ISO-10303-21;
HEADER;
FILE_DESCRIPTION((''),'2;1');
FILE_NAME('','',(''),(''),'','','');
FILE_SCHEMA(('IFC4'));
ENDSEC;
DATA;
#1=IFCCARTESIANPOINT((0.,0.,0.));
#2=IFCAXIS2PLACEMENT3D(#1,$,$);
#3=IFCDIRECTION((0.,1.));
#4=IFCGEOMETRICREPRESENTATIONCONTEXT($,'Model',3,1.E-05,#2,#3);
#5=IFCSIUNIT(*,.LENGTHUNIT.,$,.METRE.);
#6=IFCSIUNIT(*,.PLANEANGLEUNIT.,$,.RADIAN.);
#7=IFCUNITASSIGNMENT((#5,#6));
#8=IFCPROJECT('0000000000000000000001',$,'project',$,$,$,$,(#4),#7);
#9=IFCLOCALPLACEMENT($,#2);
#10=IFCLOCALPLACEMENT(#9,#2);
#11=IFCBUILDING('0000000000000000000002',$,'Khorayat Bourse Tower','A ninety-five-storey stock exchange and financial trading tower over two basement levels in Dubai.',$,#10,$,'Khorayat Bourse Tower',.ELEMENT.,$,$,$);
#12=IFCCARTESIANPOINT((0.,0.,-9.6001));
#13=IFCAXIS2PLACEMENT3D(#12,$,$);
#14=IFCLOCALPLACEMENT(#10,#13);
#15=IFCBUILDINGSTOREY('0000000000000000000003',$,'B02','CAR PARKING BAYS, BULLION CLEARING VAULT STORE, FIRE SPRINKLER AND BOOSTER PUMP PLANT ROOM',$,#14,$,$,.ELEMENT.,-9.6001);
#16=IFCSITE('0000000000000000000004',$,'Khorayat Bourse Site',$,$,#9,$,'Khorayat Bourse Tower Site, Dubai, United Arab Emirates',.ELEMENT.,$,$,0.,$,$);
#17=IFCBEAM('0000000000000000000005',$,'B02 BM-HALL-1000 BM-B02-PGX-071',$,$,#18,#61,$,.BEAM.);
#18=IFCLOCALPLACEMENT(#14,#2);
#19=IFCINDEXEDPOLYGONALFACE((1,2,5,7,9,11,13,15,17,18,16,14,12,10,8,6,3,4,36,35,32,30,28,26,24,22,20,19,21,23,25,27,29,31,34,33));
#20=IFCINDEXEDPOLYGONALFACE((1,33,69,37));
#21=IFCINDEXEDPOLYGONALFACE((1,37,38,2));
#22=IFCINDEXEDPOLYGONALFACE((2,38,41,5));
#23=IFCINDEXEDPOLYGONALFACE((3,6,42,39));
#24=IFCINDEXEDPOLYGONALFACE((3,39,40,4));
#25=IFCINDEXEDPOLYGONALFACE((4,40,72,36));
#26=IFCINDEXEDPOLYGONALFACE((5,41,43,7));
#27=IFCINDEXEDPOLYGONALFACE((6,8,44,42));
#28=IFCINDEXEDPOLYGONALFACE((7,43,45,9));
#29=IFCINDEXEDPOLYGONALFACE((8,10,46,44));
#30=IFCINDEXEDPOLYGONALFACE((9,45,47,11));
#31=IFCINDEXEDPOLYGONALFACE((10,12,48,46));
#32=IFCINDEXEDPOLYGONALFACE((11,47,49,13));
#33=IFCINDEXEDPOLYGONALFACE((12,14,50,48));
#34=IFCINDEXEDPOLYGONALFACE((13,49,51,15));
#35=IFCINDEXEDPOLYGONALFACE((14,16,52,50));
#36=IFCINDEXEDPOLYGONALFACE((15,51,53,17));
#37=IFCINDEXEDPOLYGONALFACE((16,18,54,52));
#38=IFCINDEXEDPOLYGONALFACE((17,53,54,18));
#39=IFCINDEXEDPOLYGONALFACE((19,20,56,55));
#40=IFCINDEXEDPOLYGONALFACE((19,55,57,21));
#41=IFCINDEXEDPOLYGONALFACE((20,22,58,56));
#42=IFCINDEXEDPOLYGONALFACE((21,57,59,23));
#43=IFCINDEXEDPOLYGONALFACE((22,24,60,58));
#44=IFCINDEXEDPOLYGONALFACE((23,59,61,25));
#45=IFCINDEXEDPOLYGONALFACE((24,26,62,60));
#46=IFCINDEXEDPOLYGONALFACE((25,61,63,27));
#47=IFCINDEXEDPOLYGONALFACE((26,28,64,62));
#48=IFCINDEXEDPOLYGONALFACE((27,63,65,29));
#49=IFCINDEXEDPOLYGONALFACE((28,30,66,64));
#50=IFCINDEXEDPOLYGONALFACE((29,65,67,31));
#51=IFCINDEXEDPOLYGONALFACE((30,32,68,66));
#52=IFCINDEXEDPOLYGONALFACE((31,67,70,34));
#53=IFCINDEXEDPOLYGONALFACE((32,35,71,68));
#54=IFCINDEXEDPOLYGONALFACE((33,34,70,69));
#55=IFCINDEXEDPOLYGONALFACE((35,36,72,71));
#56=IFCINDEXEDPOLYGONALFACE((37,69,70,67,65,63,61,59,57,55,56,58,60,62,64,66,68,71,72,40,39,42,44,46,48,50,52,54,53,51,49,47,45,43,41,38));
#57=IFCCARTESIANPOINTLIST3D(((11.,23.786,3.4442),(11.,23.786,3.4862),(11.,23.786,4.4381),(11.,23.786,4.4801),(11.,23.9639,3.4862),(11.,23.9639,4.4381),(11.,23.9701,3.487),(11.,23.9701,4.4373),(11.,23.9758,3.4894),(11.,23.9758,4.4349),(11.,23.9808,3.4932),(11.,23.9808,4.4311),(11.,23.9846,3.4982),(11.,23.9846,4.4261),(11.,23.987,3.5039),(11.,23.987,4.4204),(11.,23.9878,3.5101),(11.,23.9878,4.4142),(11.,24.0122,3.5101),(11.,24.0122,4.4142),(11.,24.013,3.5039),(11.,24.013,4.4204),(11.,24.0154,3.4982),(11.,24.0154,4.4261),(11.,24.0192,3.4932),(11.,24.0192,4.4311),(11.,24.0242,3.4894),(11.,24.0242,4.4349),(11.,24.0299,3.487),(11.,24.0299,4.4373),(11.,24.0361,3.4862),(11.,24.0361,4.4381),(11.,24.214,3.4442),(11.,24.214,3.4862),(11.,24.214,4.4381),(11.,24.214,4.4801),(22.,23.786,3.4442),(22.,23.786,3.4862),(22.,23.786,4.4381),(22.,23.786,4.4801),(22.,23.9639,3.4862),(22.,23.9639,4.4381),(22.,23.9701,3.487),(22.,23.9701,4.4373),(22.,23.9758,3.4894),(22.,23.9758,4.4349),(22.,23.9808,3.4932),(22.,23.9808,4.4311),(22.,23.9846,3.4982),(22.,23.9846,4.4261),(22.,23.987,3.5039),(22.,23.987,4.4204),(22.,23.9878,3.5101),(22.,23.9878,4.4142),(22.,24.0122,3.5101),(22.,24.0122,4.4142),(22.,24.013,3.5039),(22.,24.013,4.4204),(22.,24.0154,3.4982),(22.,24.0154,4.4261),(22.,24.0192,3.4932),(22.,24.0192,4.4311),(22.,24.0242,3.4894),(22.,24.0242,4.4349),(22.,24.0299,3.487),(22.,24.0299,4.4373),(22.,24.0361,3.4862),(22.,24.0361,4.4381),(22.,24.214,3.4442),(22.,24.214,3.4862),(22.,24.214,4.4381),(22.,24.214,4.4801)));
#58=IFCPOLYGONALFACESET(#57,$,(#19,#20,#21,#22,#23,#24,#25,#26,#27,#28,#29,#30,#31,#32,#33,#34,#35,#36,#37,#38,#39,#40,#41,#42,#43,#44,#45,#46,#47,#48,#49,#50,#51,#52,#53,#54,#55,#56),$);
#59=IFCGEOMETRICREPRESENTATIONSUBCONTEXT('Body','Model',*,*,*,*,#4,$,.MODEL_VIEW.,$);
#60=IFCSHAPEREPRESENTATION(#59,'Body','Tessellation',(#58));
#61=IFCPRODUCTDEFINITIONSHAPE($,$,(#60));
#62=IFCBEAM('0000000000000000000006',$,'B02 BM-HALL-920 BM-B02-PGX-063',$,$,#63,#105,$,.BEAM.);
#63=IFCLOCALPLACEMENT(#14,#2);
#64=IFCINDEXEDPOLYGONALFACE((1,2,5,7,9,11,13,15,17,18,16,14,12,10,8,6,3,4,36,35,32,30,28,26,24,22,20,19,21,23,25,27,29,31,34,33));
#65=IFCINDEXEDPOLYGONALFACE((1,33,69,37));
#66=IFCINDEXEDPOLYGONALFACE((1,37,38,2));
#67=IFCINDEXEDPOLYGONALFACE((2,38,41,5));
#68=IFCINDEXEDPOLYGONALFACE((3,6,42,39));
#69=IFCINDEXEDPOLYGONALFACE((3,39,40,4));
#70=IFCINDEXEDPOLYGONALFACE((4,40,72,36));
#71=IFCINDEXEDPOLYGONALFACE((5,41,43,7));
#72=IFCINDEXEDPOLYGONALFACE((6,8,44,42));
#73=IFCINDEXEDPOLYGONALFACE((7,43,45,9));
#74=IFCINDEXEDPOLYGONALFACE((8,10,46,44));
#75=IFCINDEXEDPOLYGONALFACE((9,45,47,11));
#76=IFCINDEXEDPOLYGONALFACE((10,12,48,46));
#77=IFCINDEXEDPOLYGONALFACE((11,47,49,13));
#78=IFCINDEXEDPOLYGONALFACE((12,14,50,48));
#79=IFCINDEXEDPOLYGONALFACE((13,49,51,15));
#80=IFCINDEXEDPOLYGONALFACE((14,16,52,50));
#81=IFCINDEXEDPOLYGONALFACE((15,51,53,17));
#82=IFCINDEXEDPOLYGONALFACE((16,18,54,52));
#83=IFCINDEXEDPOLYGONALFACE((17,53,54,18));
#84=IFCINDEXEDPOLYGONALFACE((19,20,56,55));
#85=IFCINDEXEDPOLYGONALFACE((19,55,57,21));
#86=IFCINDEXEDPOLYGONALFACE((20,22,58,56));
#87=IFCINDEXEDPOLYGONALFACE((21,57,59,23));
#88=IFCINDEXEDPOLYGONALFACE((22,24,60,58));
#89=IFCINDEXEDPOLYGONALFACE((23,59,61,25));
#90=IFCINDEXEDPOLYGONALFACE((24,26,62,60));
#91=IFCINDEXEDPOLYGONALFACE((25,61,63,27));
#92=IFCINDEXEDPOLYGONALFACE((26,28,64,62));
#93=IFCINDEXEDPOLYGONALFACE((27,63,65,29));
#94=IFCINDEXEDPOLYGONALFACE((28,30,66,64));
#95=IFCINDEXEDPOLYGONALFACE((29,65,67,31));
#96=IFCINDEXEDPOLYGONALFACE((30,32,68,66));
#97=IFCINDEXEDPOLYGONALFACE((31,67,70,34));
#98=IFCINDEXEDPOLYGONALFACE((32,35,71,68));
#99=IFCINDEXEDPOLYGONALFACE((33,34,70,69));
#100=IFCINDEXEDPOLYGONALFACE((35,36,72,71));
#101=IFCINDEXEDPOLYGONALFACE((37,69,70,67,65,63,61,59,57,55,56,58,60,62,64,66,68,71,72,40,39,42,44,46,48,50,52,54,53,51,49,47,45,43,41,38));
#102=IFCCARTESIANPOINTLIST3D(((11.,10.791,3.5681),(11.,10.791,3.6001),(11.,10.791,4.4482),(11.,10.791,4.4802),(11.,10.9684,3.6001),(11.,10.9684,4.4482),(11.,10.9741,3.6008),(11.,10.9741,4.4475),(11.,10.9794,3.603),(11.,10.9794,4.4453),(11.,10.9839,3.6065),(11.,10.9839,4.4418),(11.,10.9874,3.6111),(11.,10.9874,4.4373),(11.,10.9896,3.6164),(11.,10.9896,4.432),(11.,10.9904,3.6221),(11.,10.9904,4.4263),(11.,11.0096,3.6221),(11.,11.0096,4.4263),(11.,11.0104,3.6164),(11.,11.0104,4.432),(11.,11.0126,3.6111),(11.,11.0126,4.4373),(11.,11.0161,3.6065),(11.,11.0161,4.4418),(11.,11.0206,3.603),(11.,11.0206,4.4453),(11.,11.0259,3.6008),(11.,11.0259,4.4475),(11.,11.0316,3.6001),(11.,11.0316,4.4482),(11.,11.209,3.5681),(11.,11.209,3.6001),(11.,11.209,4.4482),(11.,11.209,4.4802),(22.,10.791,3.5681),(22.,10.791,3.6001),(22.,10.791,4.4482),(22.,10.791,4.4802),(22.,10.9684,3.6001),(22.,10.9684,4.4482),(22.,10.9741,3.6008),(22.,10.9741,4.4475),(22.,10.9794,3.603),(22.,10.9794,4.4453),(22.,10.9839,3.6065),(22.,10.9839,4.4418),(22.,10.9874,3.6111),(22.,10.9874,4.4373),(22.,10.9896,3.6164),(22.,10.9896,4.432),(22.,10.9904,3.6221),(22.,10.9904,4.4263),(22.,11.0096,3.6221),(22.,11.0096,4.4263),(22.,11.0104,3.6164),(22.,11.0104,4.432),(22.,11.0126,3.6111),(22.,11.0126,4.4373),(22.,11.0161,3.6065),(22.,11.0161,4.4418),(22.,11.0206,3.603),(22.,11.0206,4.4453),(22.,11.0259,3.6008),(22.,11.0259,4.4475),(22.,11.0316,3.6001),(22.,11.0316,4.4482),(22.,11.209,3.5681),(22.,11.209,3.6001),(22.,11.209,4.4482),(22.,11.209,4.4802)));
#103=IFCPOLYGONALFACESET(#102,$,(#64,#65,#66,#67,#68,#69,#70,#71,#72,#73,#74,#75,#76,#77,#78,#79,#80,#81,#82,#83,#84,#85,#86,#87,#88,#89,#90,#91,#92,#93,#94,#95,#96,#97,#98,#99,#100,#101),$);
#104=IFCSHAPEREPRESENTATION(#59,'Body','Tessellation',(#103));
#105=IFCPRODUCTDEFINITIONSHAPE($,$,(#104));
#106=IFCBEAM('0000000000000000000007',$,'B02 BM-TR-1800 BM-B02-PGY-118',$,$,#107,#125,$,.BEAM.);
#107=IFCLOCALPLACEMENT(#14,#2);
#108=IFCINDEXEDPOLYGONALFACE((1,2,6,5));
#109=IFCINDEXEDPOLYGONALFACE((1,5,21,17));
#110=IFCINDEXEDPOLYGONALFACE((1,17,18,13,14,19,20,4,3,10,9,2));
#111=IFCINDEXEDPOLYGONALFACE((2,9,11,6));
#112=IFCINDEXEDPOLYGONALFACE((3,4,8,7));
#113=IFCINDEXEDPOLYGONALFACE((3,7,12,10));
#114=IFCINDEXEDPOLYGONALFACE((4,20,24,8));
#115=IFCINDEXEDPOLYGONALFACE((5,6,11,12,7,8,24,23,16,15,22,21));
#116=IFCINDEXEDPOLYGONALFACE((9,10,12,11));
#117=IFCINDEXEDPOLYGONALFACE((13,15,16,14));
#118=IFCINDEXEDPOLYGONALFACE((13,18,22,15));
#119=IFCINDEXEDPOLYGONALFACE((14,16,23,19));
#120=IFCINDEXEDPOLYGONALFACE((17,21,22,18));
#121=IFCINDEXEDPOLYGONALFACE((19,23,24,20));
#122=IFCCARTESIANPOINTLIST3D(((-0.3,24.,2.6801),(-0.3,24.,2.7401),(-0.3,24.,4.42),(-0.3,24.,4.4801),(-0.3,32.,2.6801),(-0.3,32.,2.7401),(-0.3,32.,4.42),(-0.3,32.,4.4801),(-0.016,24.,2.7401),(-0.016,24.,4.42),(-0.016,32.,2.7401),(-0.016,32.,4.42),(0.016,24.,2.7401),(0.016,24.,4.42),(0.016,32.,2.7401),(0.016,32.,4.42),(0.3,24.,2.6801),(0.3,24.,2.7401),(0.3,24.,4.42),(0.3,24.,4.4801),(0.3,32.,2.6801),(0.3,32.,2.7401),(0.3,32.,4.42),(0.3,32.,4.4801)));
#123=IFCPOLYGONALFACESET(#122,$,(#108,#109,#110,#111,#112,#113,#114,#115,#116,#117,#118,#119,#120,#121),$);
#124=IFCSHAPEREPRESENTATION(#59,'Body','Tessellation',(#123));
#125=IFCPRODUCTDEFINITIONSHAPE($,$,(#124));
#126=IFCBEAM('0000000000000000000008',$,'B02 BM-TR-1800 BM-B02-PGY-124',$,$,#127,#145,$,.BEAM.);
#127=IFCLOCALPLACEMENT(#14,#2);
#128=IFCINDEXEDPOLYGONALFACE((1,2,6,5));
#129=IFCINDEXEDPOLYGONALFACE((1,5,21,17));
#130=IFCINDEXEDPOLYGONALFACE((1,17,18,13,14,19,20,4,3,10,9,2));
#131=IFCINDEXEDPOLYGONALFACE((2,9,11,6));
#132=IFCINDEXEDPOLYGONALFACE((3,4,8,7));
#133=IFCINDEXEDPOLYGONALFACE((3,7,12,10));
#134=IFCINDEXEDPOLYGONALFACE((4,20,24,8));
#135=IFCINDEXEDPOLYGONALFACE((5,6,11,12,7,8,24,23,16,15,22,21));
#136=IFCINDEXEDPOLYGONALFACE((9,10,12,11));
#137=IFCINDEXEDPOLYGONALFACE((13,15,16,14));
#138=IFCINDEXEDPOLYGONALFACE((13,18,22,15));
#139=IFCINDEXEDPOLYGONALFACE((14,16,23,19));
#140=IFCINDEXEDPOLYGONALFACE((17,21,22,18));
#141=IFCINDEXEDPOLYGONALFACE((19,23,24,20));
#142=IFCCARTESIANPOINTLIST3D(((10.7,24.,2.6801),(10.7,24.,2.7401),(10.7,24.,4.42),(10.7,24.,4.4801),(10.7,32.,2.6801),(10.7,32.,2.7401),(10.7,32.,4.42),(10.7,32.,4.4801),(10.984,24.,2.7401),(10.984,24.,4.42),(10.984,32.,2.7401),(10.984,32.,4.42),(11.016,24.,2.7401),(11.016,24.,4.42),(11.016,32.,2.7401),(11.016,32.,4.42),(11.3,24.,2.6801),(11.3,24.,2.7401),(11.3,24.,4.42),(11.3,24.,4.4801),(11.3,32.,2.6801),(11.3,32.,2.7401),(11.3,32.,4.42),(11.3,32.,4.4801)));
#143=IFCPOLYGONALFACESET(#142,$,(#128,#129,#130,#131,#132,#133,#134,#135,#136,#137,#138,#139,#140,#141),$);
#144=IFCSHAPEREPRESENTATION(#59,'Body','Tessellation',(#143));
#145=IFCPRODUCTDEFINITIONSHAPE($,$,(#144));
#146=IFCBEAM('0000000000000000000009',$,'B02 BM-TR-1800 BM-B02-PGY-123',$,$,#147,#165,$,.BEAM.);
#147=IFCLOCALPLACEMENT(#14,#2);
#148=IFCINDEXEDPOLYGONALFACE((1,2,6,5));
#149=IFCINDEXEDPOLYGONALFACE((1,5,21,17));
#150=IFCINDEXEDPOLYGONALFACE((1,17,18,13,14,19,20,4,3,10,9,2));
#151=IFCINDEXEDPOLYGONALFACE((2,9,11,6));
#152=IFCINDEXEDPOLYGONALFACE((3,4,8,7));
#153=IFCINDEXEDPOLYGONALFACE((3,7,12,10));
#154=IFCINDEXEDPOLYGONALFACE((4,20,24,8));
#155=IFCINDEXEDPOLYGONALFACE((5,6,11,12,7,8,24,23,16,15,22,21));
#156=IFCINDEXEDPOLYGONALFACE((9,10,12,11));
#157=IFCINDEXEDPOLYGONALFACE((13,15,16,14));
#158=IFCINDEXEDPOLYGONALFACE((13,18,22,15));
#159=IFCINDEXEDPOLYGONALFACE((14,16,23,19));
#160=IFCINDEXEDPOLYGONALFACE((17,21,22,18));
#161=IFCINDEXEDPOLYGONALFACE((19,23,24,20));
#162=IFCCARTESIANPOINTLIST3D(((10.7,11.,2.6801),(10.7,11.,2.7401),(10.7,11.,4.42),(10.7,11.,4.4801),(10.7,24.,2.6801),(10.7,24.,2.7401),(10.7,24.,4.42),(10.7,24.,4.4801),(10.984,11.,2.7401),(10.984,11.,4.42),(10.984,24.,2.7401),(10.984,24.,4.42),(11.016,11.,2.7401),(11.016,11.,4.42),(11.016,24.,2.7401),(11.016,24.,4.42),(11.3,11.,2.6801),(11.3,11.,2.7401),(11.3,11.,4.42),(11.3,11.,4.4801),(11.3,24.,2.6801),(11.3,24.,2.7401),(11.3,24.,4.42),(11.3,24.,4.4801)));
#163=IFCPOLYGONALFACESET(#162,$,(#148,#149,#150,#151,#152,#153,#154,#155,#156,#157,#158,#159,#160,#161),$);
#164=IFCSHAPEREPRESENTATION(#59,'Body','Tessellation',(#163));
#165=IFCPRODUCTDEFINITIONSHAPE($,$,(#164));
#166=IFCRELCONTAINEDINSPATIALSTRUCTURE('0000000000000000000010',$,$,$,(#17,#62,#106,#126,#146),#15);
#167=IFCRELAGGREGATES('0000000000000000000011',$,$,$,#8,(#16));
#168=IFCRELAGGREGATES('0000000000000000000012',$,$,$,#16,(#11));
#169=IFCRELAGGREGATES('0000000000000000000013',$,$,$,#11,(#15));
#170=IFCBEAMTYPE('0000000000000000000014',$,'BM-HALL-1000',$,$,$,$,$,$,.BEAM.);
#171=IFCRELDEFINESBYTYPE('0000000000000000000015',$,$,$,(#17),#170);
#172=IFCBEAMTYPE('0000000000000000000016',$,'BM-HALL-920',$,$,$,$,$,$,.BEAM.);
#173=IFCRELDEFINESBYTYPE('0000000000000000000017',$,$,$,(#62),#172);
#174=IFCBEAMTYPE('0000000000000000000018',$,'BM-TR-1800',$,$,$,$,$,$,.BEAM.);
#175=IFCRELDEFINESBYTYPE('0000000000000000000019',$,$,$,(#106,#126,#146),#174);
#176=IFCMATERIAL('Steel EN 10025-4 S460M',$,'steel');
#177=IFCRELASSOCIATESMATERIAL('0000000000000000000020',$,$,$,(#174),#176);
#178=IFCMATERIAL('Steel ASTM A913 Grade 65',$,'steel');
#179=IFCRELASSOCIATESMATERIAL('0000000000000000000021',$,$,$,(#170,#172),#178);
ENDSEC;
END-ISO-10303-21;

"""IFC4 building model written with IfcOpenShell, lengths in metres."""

from ifc_helpers import new_model, si_unit, direction, frame, origin, origin_2d, place, context, subcontext, project, spatial, i_section, extrude, source, transform, mapped, material, material_profile, profile_set, type_object, element, save


model = new_model("IFC4")

# Units and contexts
model_context = context("Model", 3, precision=1e-05, world=origin(), true_north=direction((0.0, 1.0)))
body_context = subcontext(model_context, "Body", "Model", "MODEL_VIEW")
ifc_project = project(units=[si_unit("LENGTHUNIT", "METRE"), si_unit("PLANEANGLEUNIT", "RADIAN")], contexts=[model_context])

# Site, building, storey
site_placement = place(None, origin())
site = spatial("IfcSite", under=ifc_project, at=site_placement, Name="Khorayat Bourse Site", LongName="Khorayat Bourse Tower Site, Dubai, United Arab Emirates", CompositionType="ELEMENT", RefElevation=0.0)
building_placement = place(site_placement, origin())
building = spatial("IfcBuilding", under=site, at=building_placement, Name="Khorayat Bourse Tower", Description="A ninety-five-storey stock exchange and financial trading tower over two basement levels in Dubai.", LongName="Khorayat Bourse Tower", CompositionType="ELEMENT")
storey_placement = place(building_placement, frame((0.0, 0.0, -9.6001)))
storey = spatial("IfcBuildingStorey", under=building, at=storey_placement, Name="B02", Description="CAR PARKING BAYS, BULLION CLEARING VAULT STORE, FIRE SPRINKLER AND BOOSTER PUMP PLANT ROOM", CompositionType="ELEMENT", Elevation=-9.6001)

# Beams
ifc_material_1 = material(Name="Steel EN 10025-4 S460M", Category="steel")
ifc_material_profile_1 = material_profile(ifc_material_1, i_section(OverallWidth=0.6001, OverallDepth=1.8, WebThickness=0.032, FlangeThickness=0.0601, at=origin_2d()), Name="PG 1800x600x32x60")
ifc_profile_set_1 = profile_set([ifc_material_profile_1], Name="Steel EN 10025-4 S460M")
beam_type_1 = type_object("IfcBeamType", Name="BM-TR-1800", PredefinedType="BEAM", material=ifc_profile_set_1)
ifc_material_2 = material(Name="Steel ASTM A913 Grade 65", Category="steel")
ifc_material_profile_2 = material_profile(ifc_material_2, i_section(OverallWidth=0.428, OverallDepth=1.0359, WebThickness=0.0244, FlangeThickness=0.042, FilletRadius=0.0239, at=origin_2d()), Name="W1000X443")
ifc_profile_set_2 = profile_set([ifc_material_profile_2], Name="Steel ASTM A913 Grade 65")
beam_type_2 = type_object("IfcBeamType", Name="BM-HALL-1000", PredefinedType="BEAM", material=ifc_profile_set_2)
shared_shape_1 = source(origin(), body_context, "Body", "SweptSolid", [
    extrude(i_section(OverallWidth=0.428, OverallDepth=1.0359, WebThickness=0.0244, FlangeThickness=0.042, FilletRadius=0.0239, at=origin_2d()), origin(), (0.0, 0.0, 1.0), 11.0),
])
for number, where, z_axis, x_axis, name in (
    (1, (11.0, 24.0, 3.9622), (1.0, 0.0, 0.0), (0.0, 1.0, 0.0), "B02 BM-HALL-1000 BM-B02-PGX-071"),
):
    element("IfcBeam", number, at=place(storey_placement, frame(where, z_axis=z_axis, x_axis=x_axis)), inside=storey, type_object=beam_type_2, Name=name, PredefinedType="BEAM", context=body_context, shape_type="MappedRepresentation", body=[
        mapped(shared_shape_1, transform((0.0, 0.0, 0.0), scale=1.0)),
    ])
ifc_material_profile_3 = material_profile(ifc_material_2, i_section(OverallWidth=0.418, OverallDepth=0.9121, WebThickness=0.0193, FlangeThickness=0.032, FilletRadius=0.022, at=origin_2d()), Name="W920X342")
ifc_profile_set_3 = profile_set([ifc_material_profile_3], Name="Steel ASTM A913 Grade 65")
beam_type_3 = type_object("IfcBeamType", Name="BM-HALL-920", PredefinedType="BEAM", material=ifc_profile_set_3)
shared_shape_2 = source(origin(), body_context, "Body", "SweptSolid", [
    extrude(i_section(OverallWidth=0.418, OverallDepth=0.9121, WebThickness=0.0193, FlangeThickness=0.032, FilletRadius=0.022, at=origin_2d()), origin(), (0.0, 0.0, 1.0), 11.0),
])
beam_1_placement = place(storey_placement, frame((11.0, 11.0, 4.0242), z_axis=(1.0, 0.0, 0.0), x_axis=(0.0, 1.0, 0.0)))
element("IfcBeam", 2, at=beam_1_placement, inside=storey, type_object=beam_type_3, Name="B02 BM-HALL-920 BM-B02-PGX-063", PredefinedType="BEAM", context=body_context, shape_type="MappedRepresentation", body=[
    mapped(shared_shape_2, transform((0.0, 0.0, 0.0), scale=1.0)),
])
shared_shape_3 = source(origin(), body_context, "Body", "SweptSolid", [
    extrude(i_section(OverallWidth=0.6001, OverallDepth=1.8, WebThickness=0.032, FlangeThickness=0.0601, at=origin_2d()), origin(), (0.0, 0.0, 1.0), 8.0),
])
for number, where, z_axis, x_axis, name in (
    (3, (0.0, 24.0, 3.5801), (0.0, 1.0, 0.0), (-1.0, 0.0, 0.0), "B02 BM-TR-1800 BM-B02-PGY-118"),
    (4, (11.0, 24.0, 3.5801), (0.0, 1.0, 0.0), (-1.0, 0.0, 0.0), "B02 BM-TR-1800 BM-B02-PGY-124"),
):
    element("IfcBeam", number, at=place(storey_placement, frame(where, z_axis=z_axis, x_axis=x_axis)), inside=storey, type_object=beam_type_1, Name=name, PredefinedType="BEAM", context=body_context, shape_type="MappedRepresentation", body=[
        mapped(shared_shape_3, transform((0.0, 0.0, 0.0), scale=1.0)),
    ])
shared_shape_4 = source(origin(), body_context, "Body", "SweptSolid", [
    extrude(i_section(OverallWidth=0.6001, OverallDepth=1.8, WebThickness=0.032, FlangeThickness=0.0601, at=origin_2d()), origin(), (0.0, 0.0, 1.0), 13.0),
])
beam_2_placement = place(storey_placement, frame((11.0, 11.0, 3.5801), z_axis=(0.0, 1.0, 0.0), x_axis=(-1.0, 0.0, 0.0)))
element("IfcBeam", 5, at=beam_2_placement, inside=storey, type_object=beam_type_1, Name="B02 BM-TR-1800 BM-B02-PGY-123", PredefinedType="BEAM", context=body_context, shape_type="MappedRepresentation", body=[
    mapped(shared_shape_4, transform((0.0, 0.0, 0.0), scale=1.0)),
])

save(model, "model.ifc")
